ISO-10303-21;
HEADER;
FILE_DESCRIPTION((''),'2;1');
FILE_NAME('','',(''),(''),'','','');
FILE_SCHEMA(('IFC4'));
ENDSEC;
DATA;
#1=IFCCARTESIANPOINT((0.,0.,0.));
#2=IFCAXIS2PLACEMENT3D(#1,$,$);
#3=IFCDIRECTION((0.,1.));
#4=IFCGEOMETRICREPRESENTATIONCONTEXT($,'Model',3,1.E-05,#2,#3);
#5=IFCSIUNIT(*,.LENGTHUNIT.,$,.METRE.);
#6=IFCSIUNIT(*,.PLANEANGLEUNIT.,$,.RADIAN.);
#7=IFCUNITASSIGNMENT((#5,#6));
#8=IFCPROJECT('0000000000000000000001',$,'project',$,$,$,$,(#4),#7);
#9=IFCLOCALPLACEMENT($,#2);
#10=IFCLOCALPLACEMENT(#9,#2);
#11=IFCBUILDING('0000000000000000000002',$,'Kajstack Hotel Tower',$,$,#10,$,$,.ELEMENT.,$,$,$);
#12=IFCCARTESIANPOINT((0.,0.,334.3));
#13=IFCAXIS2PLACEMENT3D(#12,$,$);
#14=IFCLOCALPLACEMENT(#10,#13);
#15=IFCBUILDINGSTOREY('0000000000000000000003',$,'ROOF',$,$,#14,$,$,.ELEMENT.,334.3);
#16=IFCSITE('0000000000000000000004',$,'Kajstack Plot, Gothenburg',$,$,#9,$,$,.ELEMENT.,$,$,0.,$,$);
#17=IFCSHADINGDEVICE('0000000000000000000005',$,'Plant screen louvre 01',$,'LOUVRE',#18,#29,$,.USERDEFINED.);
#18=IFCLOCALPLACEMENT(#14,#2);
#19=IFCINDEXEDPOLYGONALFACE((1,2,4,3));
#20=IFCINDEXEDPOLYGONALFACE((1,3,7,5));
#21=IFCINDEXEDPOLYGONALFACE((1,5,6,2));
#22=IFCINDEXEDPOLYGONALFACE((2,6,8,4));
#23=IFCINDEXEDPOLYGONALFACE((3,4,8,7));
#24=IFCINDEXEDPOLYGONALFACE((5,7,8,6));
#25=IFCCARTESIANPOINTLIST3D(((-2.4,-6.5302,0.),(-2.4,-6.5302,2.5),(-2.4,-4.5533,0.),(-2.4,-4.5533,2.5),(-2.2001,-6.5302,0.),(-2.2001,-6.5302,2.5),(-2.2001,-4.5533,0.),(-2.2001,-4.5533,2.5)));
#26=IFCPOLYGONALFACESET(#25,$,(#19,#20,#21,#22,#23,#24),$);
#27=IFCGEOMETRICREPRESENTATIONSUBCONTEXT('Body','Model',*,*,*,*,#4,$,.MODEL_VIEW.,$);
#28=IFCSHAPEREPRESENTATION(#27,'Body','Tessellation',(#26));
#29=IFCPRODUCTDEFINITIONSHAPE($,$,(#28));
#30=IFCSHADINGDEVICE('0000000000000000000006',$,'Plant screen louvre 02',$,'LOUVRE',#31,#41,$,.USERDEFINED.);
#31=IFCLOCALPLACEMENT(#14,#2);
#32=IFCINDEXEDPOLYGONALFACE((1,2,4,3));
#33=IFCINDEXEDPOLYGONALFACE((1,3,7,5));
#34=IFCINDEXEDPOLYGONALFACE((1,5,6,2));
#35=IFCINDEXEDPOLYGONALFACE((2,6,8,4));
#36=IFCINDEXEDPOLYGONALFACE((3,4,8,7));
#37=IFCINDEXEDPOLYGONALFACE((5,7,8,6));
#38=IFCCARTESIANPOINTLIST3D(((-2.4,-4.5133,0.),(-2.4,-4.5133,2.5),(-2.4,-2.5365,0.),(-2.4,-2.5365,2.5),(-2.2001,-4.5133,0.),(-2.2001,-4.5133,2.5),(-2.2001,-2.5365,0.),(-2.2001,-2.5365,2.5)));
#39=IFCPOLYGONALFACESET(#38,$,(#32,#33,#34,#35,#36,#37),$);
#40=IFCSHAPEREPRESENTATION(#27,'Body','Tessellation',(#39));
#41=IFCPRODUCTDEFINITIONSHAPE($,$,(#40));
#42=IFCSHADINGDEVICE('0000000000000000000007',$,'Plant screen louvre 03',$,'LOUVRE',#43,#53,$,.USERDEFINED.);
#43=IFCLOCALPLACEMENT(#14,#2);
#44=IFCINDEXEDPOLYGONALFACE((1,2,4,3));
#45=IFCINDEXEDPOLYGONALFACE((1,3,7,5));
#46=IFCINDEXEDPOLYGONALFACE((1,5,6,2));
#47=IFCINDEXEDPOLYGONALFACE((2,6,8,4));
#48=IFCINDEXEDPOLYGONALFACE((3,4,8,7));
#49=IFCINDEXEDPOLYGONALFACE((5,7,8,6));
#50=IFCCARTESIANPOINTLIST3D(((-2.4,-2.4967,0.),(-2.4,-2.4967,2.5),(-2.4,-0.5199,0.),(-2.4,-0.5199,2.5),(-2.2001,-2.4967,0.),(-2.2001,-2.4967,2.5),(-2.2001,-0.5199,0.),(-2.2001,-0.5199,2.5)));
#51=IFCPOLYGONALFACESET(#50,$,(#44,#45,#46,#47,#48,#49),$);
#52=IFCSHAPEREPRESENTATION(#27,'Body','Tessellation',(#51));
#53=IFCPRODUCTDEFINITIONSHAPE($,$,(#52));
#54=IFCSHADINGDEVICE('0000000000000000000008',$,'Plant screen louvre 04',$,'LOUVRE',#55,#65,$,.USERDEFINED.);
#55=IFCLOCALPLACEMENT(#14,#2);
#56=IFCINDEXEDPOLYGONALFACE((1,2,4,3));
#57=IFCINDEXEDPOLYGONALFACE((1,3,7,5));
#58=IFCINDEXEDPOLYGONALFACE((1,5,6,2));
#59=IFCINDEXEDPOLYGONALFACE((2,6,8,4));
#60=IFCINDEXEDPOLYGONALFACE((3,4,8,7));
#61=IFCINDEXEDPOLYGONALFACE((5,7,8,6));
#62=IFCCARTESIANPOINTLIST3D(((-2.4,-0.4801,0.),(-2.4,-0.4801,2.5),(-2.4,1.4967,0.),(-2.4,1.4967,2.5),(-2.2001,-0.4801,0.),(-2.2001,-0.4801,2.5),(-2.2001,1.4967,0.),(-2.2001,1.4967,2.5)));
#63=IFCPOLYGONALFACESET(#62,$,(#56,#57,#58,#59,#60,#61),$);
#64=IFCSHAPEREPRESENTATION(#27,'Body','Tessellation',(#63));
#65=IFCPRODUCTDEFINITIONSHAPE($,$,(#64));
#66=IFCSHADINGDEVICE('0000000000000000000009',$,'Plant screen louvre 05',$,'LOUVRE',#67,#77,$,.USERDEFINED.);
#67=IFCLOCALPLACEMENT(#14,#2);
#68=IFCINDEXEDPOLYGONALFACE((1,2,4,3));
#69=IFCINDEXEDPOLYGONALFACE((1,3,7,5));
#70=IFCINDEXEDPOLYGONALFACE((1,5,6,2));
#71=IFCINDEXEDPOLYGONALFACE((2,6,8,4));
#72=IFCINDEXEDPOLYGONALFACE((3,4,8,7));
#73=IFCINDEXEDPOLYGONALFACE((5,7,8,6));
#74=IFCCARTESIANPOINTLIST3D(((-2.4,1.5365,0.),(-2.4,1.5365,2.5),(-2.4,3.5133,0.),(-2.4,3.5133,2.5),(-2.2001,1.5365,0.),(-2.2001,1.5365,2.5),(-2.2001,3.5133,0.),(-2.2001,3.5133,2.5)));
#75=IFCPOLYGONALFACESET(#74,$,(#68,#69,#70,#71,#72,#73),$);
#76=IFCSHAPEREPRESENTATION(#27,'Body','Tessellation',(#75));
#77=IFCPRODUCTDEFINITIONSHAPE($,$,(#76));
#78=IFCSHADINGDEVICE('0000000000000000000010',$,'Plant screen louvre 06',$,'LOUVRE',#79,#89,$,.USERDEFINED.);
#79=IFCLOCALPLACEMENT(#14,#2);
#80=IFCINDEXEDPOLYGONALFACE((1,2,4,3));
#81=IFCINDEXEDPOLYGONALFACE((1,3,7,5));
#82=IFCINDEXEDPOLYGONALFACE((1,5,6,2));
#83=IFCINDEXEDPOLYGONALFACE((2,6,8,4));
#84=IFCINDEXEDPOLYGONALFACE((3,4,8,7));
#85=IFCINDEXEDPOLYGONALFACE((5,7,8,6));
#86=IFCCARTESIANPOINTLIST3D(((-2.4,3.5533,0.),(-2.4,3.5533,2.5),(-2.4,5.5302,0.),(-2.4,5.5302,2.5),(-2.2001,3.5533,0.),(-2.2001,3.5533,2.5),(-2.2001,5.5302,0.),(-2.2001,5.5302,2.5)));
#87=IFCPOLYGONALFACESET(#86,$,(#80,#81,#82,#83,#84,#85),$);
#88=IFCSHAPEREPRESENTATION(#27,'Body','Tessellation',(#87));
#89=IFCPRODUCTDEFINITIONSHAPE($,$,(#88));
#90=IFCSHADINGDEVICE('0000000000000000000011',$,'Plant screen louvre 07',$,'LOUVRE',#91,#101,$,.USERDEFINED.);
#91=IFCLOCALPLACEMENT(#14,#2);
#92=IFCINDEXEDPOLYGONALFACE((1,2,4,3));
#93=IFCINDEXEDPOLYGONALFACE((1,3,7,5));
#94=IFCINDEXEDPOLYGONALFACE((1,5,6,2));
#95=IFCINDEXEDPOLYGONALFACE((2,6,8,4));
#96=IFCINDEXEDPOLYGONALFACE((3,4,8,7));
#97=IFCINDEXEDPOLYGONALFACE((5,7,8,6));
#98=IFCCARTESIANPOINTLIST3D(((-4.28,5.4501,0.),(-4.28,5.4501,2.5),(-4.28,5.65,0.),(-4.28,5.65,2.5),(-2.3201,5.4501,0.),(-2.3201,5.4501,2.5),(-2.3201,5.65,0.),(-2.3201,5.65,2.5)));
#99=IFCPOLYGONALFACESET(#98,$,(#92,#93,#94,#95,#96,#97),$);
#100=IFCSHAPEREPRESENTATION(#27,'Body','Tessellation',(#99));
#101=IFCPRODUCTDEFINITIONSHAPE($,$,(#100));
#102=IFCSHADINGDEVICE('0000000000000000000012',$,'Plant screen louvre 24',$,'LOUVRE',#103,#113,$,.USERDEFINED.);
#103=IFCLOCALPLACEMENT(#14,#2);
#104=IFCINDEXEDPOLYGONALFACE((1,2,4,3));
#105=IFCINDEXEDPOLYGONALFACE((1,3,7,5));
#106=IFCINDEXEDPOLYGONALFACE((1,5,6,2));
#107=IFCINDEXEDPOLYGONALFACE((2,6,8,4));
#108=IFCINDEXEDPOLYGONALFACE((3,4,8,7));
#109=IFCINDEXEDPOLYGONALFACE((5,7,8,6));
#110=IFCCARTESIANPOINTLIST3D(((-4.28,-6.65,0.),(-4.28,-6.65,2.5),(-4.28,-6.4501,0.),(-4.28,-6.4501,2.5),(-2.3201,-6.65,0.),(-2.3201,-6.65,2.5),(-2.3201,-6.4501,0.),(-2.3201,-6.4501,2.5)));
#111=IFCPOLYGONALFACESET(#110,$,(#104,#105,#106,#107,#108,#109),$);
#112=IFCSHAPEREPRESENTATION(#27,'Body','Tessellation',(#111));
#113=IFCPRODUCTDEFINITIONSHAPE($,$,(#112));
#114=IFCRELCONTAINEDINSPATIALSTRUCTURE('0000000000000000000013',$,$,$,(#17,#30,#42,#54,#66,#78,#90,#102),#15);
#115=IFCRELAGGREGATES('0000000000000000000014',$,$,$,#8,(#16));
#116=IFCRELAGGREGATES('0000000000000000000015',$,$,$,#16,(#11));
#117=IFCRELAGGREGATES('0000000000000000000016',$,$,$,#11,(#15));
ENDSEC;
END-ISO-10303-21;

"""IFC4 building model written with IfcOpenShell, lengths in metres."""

from ifc_helpers import new_model, si_unit, direction, frame, origin, origin_2d, place, context, subcontext, project, spatial, rectangle, extrude, element, save


model = new_model("IFC4")

# Units and contexts
model_context = context("Model", 3, precision=1e-05, world=origin(), true_north=direction((0.0, 1.0)))
body_context = subcontext(model_context, "Body", "Model", "MODEL_VIEW")
ifc_project = project(units=[si_unit("LENGTHUNIT", "METRE"), si_unit("PLANEANGLEUNIT", "RADIAN")], contexts=[model_context])

# Site, building, storey
site_placement = place(None, origin())
site = spatial("IfcSite", under=ifc_project, at=site_placement, Name="Kajstack Plot, Gothenburg", CompositionType="ELEMENT", RefElevation=0.0)
building_placement = place(site_placement, origin())
building = spatial("IfcBuilding", under=site, at=building_placement, Name="Kajstack Hotel Tower", CompositionType="ELEMENT")
storey_placement = place(building_placement, frame((0.0, 0.0, 334.3)))
storey = spatial("IfcBuildingStorey", under=building, at=storey_placement, Name="ROOF", CompositionType="ELEMENT", Elevation=334.3)

# Shading devices
for number, where, z_axis, x_axis, name in (
    (1, (-2.3, -5.5417, 0.0), (0.0, 0.0, 1.0), (0.0, 1.0, 0.0), "Plant screen louvre 01"),
    (2, (-2.3, -3.5249, 0.0), (0.0, 0.0, 1.0), (0.0, 1.0, 0.0), "Plant screen louvre 02"),
    (3, (-2.3, -1.5083, 0.0), (0.0, 0.0, 1.0), (0.0, 1.0, 0.0), "Plant screen louvre 03"),
    (4, (-2.3, 0.5083, 0.0), (0.0, 0.0, 1.0), (0.0, 1.0, 0.0), "Plant screen louvre 04"),
    (5, (-2.3, 2.5249, 0.0), (0.0, 0.0, 1.0), (0.0, 1.0, 0.0), "Plant screen louvre 05"),
    (6, (-2.3, 4.5417, 0.0), (0.0, 0.0, 1.0), (0.0, 1.0, 0.0), "Plant screen louvre 06"),
):
    element("IfcShadingDevice", number, at=place(storey_placement, frame(where, z_axis=z_axis, x_axis=x_axis)), inside=storey, Name=name, ObjectType="LOUVRE", PredefinedType="USERDEFINED", context=body_context, shape_type="SweptSolid", body=[
        extrude(rectangle(XDim=1.9768, YDim=0.2, at=origin_2d()), origin(), (0.0, 0.0, 1.0), 2.5),
    ])
for number, where, z_axis, x_axis, name in (
    (7, (-3.3, 5.55, 0.0), (0.0, 0.0, 1.0), (-1.0, 0.0, 0.0), "Plant screen louvre 07"),
    (8, (-3.3, -6.55, 0.0), (0.0, 0.0, 1.0), (1.0, 0.0, 0.0), "Plant screen louvre 24"),
):
    element("IfcShadingDevice", number, at=place(storey_placement, frame(where, z_axis=z_axis, x_axis=x_axis)), inside=storey, Name=name, ObjectType="LOUVRE", PredefinedType="USERDEFINED", context=body_context, shape_type="SweptSolid", body=[
        extrude(rectangle(XDim=1.96, YDim=0.2, at=origin_2d()), origin(), (0.0, 0.0, 1.0), 2.5),
    ])

save(model, "model.ifc")
